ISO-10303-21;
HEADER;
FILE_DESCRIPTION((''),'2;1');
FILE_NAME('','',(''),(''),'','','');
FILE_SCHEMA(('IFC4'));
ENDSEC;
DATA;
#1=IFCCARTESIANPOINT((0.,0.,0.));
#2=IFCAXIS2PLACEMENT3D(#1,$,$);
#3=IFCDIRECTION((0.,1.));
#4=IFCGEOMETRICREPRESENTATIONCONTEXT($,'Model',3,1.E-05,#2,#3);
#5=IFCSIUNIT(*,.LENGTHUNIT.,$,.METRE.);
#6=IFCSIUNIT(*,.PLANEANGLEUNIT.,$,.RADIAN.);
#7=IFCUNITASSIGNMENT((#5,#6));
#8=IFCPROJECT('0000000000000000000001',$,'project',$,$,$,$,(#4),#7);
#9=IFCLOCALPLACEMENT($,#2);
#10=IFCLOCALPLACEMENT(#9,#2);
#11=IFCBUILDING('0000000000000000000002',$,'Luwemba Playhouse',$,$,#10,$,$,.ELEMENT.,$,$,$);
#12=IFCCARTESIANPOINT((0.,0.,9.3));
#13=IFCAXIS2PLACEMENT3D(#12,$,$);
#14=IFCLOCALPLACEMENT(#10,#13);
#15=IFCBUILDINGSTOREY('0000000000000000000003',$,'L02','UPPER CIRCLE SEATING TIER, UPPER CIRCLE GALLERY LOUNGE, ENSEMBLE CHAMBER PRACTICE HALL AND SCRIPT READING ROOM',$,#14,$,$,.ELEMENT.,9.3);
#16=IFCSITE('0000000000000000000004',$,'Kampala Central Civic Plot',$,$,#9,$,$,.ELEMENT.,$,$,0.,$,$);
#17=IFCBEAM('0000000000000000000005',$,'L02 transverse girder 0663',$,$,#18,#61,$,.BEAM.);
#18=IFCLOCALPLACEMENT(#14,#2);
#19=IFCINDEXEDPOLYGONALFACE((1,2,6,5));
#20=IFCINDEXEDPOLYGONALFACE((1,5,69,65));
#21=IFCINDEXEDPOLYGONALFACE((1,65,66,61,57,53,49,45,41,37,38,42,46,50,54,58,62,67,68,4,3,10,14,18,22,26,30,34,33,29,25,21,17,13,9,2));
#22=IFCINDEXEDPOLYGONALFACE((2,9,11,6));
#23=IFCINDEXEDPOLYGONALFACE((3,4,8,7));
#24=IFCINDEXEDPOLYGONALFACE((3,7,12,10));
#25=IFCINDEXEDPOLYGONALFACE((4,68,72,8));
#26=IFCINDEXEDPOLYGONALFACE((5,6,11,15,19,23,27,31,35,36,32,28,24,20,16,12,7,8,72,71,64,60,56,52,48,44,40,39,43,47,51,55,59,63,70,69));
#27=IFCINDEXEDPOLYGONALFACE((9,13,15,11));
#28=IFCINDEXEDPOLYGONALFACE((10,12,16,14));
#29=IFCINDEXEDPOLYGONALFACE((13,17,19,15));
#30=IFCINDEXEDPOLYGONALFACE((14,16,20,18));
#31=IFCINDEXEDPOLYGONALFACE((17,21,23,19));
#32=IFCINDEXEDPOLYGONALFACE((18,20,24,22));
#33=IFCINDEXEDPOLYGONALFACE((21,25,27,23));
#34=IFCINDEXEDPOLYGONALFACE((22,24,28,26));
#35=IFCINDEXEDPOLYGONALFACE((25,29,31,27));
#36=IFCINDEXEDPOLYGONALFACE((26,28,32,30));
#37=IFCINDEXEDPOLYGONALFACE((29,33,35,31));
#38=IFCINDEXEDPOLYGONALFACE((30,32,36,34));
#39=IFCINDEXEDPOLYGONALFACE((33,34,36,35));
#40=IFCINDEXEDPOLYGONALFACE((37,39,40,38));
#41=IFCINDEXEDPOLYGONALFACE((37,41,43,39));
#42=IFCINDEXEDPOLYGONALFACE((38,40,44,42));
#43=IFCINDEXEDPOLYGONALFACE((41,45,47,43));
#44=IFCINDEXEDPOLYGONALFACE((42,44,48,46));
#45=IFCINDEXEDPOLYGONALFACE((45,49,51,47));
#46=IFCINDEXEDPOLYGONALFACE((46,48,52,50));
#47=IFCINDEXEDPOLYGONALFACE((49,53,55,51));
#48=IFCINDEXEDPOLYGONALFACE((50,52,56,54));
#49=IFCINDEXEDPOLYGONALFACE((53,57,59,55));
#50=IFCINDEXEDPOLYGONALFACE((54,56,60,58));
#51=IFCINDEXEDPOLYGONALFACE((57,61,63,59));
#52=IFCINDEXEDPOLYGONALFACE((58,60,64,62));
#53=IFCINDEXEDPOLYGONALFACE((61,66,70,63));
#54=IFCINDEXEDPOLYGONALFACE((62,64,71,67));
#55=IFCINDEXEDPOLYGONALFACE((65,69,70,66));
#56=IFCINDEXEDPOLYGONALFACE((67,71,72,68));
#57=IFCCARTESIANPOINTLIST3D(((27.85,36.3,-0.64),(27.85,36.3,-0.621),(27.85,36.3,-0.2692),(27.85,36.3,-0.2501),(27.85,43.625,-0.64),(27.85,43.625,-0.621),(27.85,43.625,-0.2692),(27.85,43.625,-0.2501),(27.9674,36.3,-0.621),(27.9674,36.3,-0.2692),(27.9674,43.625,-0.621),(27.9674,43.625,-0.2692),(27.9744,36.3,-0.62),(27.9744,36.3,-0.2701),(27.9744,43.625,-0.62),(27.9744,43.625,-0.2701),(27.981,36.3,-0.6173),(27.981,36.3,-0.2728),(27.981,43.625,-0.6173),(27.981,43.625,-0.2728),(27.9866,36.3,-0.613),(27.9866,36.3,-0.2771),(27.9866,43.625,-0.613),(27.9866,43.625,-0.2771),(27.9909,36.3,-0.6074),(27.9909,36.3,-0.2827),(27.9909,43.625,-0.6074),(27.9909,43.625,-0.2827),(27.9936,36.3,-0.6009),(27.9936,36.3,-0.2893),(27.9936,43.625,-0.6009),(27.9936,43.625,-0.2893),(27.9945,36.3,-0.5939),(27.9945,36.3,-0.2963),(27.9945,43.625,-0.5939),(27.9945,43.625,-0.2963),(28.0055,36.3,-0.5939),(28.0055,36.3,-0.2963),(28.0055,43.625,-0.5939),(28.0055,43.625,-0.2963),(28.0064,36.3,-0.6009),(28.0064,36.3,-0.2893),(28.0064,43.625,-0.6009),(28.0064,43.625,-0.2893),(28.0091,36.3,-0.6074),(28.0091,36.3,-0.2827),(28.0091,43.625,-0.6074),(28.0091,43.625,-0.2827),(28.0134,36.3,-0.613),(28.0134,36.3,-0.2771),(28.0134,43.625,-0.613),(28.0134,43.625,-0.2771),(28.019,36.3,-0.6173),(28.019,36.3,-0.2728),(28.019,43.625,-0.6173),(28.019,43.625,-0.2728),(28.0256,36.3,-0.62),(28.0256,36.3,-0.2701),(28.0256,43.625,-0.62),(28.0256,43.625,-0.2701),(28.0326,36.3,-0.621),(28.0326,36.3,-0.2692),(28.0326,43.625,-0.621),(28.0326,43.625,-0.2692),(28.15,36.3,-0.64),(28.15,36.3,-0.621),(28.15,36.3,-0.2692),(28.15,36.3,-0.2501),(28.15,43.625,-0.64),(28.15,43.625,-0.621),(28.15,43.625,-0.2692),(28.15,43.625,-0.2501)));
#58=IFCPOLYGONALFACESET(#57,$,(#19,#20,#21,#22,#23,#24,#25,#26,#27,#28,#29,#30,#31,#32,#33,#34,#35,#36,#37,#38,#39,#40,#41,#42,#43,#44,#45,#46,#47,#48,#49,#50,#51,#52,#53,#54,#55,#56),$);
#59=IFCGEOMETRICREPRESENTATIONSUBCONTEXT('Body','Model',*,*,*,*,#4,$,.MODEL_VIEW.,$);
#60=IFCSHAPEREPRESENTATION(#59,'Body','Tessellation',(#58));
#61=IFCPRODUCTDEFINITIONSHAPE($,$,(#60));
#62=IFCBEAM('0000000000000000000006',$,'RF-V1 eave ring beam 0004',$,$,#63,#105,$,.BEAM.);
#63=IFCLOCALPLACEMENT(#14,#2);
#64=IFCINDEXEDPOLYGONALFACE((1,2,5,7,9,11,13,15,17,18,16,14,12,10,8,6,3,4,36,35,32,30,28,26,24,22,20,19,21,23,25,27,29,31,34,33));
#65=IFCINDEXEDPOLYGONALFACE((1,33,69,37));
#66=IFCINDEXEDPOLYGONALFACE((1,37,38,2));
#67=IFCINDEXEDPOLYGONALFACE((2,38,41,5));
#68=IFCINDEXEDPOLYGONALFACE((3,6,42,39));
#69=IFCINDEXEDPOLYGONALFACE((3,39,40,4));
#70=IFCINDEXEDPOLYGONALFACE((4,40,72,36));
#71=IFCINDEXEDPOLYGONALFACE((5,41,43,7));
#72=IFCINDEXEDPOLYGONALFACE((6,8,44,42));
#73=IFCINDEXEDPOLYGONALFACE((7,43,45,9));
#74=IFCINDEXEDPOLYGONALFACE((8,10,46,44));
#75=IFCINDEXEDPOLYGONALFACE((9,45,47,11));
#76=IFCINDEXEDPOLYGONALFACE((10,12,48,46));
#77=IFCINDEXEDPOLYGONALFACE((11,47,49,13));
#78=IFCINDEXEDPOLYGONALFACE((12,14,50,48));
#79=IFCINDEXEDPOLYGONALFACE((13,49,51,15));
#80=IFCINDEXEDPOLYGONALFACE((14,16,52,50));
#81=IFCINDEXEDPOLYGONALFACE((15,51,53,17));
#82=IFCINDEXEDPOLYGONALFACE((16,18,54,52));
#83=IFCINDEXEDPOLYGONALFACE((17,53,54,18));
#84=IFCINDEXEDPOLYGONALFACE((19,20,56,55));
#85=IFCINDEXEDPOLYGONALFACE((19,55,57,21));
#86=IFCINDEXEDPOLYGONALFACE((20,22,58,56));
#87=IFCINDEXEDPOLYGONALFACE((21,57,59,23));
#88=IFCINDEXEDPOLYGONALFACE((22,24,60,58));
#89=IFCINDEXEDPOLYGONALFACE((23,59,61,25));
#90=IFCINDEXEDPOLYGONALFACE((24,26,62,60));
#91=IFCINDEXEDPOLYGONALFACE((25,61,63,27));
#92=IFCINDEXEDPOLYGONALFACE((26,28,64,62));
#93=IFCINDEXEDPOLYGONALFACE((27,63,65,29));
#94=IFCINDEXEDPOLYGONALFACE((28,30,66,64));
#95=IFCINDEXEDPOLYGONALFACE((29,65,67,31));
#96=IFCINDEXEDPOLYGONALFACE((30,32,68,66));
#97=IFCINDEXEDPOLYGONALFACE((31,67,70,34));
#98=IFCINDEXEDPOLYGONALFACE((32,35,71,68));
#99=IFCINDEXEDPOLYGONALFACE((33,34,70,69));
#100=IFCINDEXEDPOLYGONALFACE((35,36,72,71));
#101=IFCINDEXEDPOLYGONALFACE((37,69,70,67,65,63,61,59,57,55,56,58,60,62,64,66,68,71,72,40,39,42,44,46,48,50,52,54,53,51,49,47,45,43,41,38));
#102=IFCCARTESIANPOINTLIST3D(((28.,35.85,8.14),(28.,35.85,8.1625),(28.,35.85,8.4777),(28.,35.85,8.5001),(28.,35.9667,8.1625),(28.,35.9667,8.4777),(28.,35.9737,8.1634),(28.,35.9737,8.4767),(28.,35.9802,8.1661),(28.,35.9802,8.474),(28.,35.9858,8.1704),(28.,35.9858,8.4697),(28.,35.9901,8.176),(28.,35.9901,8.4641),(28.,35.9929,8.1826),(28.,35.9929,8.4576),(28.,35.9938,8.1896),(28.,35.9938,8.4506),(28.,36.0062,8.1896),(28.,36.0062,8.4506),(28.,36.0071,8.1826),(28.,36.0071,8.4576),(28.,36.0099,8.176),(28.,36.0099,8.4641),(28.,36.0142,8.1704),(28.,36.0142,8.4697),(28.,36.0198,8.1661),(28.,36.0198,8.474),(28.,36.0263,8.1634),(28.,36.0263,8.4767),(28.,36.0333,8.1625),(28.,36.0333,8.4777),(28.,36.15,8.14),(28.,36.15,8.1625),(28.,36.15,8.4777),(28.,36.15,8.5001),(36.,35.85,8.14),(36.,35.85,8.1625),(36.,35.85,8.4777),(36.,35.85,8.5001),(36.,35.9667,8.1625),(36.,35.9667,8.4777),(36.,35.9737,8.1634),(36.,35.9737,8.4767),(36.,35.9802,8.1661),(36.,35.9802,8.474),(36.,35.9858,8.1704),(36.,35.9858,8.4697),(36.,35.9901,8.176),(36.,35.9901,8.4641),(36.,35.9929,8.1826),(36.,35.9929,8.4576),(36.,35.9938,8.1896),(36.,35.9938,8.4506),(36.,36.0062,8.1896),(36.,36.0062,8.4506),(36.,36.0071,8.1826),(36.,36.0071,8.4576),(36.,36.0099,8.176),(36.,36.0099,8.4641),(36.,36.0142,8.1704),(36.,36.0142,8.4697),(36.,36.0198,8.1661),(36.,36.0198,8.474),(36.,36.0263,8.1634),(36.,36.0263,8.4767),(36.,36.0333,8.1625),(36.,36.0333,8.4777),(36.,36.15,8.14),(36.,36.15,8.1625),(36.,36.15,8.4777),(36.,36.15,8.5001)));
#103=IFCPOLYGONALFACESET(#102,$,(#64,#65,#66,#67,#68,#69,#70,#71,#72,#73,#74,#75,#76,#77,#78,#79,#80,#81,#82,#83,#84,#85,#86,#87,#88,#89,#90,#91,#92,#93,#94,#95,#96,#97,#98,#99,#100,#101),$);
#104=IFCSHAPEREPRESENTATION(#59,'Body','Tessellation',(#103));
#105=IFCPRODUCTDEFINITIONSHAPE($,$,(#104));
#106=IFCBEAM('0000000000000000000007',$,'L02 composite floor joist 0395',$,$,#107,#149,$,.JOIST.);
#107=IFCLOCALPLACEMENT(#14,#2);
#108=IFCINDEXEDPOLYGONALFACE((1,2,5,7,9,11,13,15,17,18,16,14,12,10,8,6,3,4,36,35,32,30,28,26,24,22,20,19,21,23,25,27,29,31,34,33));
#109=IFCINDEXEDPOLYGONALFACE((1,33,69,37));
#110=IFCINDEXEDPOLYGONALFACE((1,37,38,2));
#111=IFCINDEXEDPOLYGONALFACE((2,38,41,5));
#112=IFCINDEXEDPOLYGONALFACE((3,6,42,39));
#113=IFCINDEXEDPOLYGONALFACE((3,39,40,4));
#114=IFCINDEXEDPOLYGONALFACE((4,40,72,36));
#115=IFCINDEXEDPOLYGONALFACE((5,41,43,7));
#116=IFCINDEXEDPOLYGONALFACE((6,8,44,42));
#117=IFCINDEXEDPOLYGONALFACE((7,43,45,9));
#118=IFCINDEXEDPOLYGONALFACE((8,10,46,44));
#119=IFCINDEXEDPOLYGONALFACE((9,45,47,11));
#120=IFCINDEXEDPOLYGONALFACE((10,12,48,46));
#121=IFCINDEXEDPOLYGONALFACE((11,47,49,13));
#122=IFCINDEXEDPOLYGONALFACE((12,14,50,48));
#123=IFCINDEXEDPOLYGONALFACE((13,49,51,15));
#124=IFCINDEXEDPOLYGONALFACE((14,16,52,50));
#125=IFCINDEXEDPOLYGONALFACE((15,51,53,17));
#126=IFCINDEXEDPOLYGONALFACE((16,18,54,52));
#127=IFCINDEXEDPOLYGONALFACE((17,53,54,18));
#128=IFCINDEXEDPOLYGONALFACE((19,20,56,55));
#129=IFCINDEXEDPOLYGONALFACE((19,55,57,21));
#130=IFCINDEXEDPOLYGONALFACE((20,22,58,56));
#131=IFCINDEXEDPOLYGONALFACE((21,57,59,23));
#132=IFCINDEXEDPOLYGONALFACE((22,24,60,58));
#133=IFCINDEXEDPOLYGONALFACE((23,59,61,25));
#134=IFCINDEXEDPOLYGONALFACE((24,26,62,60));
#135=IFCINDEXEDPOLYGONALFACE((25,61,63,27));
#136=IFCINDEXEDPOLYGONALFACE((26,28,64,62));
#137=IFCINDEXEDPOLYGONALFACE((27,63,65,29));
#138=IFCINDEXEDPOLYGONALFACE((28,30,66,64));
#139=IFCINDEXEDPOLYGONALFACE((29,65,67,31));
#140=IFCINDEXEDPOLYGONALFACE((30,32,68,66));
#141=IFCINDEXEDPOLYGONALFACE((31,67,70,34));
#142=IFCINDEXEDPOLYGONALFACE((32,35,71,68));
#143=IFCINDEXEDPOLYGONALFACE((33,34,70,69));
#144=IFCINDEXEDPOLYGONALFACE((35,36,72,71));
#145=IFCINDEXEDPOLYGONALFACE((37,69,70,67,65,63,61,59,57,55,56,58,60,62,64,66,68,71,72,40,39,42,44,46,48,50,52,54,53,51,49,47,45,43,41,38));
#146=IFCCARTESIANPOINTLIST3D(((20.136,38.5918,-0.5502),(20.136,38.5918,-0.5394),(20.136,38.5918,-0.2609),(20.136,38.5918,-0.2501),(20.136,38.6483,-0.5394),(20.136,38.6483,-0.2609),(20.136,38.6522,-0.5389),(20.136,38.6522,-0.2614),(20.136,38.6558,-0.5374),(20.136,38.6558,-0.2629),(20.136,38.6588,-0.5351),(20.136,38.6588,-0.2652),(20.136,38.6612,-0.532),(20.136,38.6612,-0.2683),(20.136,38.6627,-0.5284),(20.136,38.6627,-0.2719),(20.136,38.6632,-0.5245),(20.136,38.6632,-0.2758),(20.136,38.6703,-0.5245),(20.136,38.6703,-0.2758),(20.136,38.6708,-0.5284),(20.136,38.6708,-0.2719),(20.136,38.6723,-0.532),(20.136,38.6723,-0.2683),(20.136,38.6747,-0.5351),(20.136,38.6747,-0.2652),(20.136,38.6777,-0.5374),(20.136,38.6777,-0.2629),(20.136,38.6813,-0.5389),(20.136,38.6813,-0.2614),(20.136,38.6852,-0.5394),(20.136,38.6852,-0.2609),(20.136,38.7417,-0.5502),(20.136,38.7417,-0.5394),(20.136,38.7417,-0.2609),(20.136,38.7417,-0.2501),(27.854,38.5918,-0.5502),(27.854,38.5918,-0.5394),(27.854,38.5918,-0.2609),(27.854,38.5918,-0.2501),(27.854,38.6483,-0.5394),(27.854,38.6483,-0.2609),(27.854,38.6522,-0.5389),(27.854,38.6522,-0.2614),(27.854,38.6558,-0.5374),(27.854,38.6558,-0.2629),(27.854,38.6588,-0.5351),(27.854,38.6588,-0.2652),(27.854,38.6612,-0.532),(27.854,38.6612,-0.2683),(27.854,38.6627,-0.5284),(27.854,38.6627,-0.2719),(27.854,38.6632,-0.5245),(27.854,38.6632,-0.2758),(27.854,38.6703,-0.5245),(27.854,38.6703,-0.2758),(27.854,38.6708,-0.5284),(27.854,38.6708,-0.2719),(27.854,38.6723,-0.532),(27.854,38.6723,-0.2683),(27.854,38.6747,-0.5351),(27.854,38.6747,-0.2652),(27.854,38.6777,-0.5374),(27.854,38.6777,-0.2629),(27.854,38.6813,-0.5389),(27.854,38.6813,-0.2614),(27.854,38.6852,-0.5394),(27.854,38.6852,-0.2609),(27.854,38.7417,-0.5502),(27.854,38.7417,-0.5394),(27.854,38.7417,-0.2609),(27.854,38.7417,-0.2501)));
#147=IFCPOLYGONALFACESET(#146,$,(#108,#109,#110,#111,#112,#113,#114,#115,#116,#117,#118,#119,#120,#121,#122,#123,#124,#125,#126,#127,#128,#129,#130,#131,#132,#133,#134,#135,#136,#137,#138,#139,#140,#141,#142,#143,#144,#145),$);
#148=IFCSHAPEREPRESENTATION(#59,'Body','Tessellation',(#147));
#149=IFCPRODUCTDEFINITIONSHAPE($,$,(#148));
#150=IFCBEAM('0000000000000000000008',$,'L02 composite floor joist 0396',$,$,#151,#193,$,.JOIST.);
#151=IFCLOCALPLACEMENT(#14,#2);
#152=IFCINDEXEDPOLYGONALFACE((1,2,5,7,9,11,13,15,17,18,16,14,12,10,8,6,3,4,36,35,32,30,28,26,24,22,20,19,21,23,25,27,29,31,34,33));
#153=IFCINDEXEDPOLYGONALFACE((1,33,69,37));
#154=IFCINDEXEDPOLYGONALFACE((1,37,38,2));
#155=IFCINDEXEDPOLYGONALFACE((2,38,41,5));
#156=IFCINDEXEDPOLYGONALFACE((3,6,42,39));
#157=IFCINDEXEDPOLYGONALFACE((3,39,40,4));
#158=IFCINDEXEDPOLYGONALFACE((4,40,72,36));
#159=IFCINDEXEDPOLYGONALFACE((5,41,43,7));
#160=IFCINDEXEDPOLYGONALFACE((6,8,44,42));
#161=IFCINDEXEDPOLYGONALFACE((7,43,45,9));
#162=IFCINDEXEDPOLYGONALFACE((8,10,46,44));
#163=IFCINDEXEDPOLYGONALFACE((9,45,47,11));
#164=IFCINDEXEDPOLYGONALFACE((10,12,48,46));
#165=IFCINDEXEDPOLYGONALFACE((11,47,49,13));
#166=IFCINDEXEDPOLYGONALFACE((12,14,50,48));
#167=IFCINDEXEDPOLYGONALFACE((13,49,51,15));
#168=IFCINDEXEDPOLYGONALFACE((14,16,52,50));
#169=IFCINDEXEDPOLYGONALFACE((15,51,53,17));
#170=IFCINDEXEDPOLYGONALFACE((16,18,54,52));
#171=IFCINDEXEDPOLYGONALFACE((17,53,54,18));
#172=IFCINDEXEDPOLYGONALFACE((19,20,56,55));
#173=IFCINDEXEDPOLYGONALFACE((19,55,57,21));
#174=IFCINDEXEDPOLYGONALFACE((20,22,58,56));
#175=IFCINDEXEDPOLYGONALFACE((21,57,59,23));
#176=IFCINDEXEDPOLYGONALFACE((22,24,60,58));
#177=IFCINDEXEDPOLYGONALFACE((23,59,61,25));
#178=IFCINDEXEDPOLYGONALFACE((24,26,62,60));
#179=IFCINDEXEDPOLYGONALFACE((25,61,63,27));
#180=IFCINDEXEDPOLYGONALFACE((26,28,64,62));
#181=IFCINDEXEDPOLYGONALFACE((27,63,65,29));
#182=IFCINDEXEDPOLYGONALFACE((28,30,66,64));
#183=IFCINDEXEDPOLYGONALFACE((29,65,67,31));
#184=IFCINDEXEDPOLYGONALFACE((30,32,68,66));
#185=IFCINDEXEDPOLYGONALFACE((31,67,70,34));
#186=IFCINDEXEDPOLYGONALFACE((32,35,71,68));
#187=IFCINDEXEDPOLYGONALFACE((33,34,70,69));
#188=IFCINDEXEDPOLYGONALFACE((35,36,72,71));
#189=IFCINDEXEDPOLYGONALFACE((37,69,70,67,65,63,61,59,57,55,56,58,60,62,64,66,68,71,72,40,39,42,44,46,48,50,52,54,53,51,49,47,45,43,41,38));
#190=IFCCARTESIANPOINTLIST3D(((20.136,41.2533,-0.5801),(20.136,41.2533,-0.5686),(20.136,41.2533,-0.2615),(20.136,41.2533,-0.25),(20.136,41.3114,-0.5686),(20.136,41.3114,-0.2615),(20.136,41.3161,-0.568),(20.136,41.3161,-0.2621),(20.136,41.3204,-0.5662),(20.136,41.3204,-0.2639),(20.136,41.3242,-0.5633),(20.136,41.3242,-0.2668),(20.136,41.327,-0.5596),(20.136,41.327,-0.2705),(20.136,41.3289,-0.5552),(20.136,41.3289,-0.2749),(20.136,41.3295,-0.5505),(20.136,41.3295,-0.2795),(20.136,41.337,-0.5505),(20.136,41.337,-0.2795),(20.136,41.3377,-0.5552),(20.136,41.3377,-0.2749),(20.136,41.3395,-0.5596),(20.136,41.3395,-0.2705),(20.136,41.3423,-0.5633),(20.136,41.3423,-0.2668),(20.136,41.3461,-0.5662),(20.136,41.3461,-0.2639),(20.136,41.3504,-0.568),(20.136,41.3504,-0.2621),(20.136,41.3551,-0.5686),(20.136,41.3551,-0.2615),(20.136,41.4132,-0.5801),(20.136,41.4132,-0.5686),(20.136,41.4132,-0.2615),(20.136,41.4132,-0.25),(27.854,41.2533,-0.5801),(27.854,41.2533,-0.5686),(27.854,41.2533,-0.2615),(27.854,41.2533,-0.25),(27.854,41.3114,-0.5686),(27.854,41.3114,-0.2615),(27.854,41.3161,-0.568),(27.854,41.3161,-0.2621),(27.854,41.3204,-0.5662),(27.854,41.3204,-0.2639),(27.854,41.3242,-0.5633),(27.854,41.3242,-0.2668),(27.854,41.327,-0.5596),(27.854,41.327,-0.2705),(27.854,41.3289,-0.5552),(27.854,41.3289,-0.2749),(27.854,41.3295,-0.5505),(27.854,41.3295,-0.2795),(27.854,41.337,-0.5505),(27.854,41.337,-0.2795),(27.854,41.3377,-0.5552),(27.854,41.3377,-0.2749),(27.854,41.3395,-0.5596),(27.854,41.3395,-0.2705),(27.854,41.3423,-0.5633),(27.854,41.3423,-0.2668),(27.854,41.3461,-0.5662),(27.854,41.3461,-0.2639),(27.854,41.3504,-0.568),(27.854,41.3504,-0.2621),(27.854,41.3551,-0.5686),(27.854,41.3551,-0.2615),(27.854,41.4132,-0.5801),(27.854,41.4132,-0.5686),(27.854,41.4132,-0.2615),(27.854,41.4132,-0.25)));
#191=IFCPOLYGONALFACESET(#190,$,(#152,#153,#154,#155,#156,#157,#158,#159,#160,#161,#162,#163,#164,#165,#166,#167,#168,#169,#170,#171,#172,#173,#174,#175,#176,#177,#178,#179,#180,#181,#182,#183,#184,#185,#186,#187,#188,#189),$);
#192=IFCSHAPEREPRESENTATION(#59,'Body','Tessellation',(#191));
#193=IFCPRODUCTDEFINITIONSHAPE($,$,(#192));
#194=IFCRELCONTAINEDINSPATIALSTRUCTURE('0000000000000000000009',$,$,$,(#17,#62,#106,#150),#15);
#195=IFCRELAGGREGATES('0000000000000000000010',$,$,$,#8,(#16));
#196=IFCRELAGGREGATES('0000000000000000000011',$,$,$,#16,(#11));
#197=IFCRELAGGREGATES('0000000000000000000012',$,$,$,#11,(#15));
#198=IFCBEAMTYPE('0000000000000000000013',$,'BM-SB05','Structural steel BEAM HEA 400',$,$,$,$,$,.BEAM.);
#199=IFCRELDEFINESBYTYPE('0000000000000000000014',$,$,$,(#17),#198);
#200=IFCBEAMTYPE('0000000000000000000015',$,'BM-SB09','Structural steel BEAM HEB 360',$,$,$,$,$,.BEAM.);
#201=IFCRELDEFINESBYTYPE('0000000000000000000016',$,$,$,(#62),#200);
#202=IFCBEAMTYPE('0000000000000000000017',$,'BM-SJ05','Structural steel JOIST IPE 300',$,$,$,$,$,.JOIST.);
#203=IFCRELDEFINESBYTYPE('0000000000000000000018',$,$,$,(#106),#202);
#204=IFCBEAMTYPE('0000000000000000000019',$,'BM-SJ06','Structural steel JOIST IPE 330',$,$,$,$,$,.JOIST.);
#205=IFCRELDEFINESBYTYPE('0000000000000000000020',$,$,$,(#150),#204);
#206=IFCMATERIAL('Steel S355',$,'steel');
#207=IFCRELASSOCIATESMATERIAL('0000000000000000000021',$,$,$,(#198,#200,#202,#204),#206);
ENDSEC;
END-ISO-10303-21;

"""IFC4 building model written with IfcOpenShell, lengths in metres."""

from ifc_helpers import new_model, si_unit, direction, frame, origin, origin_2d, place, context, subcontext, project, spatial, i_section, extrude, material, material_profile, profile_set, type_object, element, save


model = new_model("IFC4")

# Units and contexts
model_context = context("Model", 3, precision=1e-05, world=origin(), true_north=direction((0.0, 1.0)))
body_context = subcontext(model_context, "Body", "Model", "MODEL_VIEW")
ifc_project = project(units=[si_unit("LENGTHUNIT", "METRE"), si_unit("PLANEANGLEUNIT", "RADIAN")], contexts=[model_context])

# Site, building, storey
site_placement = place(None, origin())
site = spatial("IfcSite", under=ifc_project, at=site_placement, Name="Kampala Central Civic Plot", CompositionType="ELEMENT", RefElevation=0.0)
building_placement = place(site_placement, origin())
building = spatial("IfcBuilding", under=site, at=building_placement, Name="Luwemba Playhouse", CompositionType="ELEMENT")
storey_placement = place(building_placement, frame((0.0, 0.0, 9.3)))
storey = spatial("IfcBuildingStorey", under=building, at=storey_placement, Name="L02", Description="UPPER CIRCLE SEATING TIER, UPPER CIRCLE GALLERY LOUNGE, ENSEMBLE CHAMBER PRACTICE HALL AND SCRIPT READING ROOM", CompositionType="ELEMENT", Elevation=9.3)

# Beams
ifc_material_1 = material(Name="Steel S355", Category="steel")
ifc_material_profile_1 = material_profile(ifc_material_1, i_section(OverallWidth=0.3, OverallDepth=0.3899, WebThickness=0.011, FlangeThickness=0.019, FilletRadius=0.0271, at=origin_2d()))
ifc_profile_set_1 = profile_set([ifc_material_profile_1], Name="Steel S355")
beam_type_1 = type_object("IfcBeamType", Name="BM-SB05", Description="Structural steel BEAM HEA 400", PredefinedType="BEAM", material=ifc_profile_set_1)
beam_1_placement = place(storey_placement, frame((28.0, 36.3, -0.4451), z_axis=(0.0, 1.0, 0.0), x_axis=(-1.0, 0.0, 0.0)))
element("IfcBeam", 1, at=beam_1_placement, inside=storey, type_object=beam_type_1, Name="L02 transverse girder 0663", PredefinedType="BEAM", context=body_context, shape_type="SweptSolid", body=[
    extrude(i_section(OverallWidth=0.3, OverallDepth=0.3899, WebThickness=0.011, FlangeThickness=0.019, FilletRadius=0.0271, at=origin_2d()), origin(), (0.0, 0.0, 1.0), 7.325),
])
ifc_material_profile_2 = material_profile(ifc_material_1, i_section(OverallWidth=0.3, OverallDepth=0.3601, WebThickness=0.0125, FlangeThickness=0.0225, FilletRadius=0.0271, at=origin_2d()))
ifc_profile_set_2 = profile_set([ifc_material_profile_2], Name="Steel S355")
beam_type_2 = type_object("IfcBeamType", Name="BM-SB09", Description="Structural steel BEAM HEB 360", PredefinedType="BEAM", material=ifc_profile_set_2)
beam_2_placement = place(storey_placement, frame((28.0, 36.0, 8.3201), z_axis=(1.0, 0.0, 0.0), x_axis=(0.0, 1.0, 0.0)))
element("IfcBeam", 2, at=beam_2_placement, inside=storey, type_object=beam_type_2, Name="RF-V1 eave ring beam 0004", PredefinedType="BEAM", context=body_context, shape_type="SweptSolid", body=[
    extrude(i_section(OverallWidth=0.3, OverallDepth=0.3601, WebThickness=0.0125, FlangeThickness=0.0225, FilletRadius=0.0271, at=origin_2d()), origin(), (0.0, 0.0, 1.0), 8.0),
])
ifc_material_profile_3 = material_profile(ifc_material_1, i_section(OverallWidth=0.1499, OverallDepth=0.3, WebThickness=0.0071, FlangeThickness=0.0107, FilletRadius=0.0149, at=origin_2d()))
ifc_profile_set_3 = profile_set([ifc_material_profile_3], Name="Steel S355")
beam_type_3 = type_object("IfcBeamType", Name="BM-SJ05", Description="Structural steel JOIST IPE 300", PredefinedType="JOIST", material=ifc_profile_set_3)
beam_3_placement = place(storey_placement, frame((20.136, 38.6667, -0.4001), z_axis=(1.0, 0.0, 0.0), x_axis=(0.0, 1.0, 0.0)))
element("IfcBeam", 3, at=beam_3_placement, inside=storey, type_object=beam_type_3, Name="L02 composite floor joist 0395", PredefinedType="JOIST", context=body_context, shape_type="SweptSolid", body=[
    extrude(i_section(OverallWidth=0.1499, OverallDepth=0.3, WebThickness=0.0071, FlangeThickness=0.0107, FilletRadius=0.0149, at=origin_2d()), origin(), (0.0, 0.0, 1.0), 7.718),
])
ifc_material_profile_4 = material_profile(ifc_material_1, i_section(OverallWidth=0.1599, OverallDepth=0.3301, WebThickness=0.0076, FlangeThickness=0.0115, FilletRadius=0.0181, at=origin_2d()))
ifc_profile_set_4 = profile_set([ifc_material_profile_4], Name="Steel S355")
beam_type_4 = type_object("IfcBeamType", Name="BM-SJ06", Description="Structural steel JOIST IPE 330", PredefinedType="JOIST", material=ifc_profile_set_4)
beam_4_placement = place(storey_placement, frame((20.136, 41.3333, -0.415), z_axis=(1.0, 0.0, 0.0), x_axis=(0.0, 1.0, 0.0)))
element("IfcBeam", 4, at=beam_4_placement, inside=storey, type_object=beam_type_4, Name="L02 composite floor joist 0396", PredefinedType="JOIST", context=body_context, shape_type="SweptSolid", body=[
    extrude(i_section(OverallWidth=0.1599, OverallDepth=0.3301, WebThickness=0.0076, FlangeThickness=0.0115, FilletRadius=0.0181, at=origin_2d()), origin(), (0.0, 0.0, 1.0), 7.718),
])

save(model, "model.ifc")
